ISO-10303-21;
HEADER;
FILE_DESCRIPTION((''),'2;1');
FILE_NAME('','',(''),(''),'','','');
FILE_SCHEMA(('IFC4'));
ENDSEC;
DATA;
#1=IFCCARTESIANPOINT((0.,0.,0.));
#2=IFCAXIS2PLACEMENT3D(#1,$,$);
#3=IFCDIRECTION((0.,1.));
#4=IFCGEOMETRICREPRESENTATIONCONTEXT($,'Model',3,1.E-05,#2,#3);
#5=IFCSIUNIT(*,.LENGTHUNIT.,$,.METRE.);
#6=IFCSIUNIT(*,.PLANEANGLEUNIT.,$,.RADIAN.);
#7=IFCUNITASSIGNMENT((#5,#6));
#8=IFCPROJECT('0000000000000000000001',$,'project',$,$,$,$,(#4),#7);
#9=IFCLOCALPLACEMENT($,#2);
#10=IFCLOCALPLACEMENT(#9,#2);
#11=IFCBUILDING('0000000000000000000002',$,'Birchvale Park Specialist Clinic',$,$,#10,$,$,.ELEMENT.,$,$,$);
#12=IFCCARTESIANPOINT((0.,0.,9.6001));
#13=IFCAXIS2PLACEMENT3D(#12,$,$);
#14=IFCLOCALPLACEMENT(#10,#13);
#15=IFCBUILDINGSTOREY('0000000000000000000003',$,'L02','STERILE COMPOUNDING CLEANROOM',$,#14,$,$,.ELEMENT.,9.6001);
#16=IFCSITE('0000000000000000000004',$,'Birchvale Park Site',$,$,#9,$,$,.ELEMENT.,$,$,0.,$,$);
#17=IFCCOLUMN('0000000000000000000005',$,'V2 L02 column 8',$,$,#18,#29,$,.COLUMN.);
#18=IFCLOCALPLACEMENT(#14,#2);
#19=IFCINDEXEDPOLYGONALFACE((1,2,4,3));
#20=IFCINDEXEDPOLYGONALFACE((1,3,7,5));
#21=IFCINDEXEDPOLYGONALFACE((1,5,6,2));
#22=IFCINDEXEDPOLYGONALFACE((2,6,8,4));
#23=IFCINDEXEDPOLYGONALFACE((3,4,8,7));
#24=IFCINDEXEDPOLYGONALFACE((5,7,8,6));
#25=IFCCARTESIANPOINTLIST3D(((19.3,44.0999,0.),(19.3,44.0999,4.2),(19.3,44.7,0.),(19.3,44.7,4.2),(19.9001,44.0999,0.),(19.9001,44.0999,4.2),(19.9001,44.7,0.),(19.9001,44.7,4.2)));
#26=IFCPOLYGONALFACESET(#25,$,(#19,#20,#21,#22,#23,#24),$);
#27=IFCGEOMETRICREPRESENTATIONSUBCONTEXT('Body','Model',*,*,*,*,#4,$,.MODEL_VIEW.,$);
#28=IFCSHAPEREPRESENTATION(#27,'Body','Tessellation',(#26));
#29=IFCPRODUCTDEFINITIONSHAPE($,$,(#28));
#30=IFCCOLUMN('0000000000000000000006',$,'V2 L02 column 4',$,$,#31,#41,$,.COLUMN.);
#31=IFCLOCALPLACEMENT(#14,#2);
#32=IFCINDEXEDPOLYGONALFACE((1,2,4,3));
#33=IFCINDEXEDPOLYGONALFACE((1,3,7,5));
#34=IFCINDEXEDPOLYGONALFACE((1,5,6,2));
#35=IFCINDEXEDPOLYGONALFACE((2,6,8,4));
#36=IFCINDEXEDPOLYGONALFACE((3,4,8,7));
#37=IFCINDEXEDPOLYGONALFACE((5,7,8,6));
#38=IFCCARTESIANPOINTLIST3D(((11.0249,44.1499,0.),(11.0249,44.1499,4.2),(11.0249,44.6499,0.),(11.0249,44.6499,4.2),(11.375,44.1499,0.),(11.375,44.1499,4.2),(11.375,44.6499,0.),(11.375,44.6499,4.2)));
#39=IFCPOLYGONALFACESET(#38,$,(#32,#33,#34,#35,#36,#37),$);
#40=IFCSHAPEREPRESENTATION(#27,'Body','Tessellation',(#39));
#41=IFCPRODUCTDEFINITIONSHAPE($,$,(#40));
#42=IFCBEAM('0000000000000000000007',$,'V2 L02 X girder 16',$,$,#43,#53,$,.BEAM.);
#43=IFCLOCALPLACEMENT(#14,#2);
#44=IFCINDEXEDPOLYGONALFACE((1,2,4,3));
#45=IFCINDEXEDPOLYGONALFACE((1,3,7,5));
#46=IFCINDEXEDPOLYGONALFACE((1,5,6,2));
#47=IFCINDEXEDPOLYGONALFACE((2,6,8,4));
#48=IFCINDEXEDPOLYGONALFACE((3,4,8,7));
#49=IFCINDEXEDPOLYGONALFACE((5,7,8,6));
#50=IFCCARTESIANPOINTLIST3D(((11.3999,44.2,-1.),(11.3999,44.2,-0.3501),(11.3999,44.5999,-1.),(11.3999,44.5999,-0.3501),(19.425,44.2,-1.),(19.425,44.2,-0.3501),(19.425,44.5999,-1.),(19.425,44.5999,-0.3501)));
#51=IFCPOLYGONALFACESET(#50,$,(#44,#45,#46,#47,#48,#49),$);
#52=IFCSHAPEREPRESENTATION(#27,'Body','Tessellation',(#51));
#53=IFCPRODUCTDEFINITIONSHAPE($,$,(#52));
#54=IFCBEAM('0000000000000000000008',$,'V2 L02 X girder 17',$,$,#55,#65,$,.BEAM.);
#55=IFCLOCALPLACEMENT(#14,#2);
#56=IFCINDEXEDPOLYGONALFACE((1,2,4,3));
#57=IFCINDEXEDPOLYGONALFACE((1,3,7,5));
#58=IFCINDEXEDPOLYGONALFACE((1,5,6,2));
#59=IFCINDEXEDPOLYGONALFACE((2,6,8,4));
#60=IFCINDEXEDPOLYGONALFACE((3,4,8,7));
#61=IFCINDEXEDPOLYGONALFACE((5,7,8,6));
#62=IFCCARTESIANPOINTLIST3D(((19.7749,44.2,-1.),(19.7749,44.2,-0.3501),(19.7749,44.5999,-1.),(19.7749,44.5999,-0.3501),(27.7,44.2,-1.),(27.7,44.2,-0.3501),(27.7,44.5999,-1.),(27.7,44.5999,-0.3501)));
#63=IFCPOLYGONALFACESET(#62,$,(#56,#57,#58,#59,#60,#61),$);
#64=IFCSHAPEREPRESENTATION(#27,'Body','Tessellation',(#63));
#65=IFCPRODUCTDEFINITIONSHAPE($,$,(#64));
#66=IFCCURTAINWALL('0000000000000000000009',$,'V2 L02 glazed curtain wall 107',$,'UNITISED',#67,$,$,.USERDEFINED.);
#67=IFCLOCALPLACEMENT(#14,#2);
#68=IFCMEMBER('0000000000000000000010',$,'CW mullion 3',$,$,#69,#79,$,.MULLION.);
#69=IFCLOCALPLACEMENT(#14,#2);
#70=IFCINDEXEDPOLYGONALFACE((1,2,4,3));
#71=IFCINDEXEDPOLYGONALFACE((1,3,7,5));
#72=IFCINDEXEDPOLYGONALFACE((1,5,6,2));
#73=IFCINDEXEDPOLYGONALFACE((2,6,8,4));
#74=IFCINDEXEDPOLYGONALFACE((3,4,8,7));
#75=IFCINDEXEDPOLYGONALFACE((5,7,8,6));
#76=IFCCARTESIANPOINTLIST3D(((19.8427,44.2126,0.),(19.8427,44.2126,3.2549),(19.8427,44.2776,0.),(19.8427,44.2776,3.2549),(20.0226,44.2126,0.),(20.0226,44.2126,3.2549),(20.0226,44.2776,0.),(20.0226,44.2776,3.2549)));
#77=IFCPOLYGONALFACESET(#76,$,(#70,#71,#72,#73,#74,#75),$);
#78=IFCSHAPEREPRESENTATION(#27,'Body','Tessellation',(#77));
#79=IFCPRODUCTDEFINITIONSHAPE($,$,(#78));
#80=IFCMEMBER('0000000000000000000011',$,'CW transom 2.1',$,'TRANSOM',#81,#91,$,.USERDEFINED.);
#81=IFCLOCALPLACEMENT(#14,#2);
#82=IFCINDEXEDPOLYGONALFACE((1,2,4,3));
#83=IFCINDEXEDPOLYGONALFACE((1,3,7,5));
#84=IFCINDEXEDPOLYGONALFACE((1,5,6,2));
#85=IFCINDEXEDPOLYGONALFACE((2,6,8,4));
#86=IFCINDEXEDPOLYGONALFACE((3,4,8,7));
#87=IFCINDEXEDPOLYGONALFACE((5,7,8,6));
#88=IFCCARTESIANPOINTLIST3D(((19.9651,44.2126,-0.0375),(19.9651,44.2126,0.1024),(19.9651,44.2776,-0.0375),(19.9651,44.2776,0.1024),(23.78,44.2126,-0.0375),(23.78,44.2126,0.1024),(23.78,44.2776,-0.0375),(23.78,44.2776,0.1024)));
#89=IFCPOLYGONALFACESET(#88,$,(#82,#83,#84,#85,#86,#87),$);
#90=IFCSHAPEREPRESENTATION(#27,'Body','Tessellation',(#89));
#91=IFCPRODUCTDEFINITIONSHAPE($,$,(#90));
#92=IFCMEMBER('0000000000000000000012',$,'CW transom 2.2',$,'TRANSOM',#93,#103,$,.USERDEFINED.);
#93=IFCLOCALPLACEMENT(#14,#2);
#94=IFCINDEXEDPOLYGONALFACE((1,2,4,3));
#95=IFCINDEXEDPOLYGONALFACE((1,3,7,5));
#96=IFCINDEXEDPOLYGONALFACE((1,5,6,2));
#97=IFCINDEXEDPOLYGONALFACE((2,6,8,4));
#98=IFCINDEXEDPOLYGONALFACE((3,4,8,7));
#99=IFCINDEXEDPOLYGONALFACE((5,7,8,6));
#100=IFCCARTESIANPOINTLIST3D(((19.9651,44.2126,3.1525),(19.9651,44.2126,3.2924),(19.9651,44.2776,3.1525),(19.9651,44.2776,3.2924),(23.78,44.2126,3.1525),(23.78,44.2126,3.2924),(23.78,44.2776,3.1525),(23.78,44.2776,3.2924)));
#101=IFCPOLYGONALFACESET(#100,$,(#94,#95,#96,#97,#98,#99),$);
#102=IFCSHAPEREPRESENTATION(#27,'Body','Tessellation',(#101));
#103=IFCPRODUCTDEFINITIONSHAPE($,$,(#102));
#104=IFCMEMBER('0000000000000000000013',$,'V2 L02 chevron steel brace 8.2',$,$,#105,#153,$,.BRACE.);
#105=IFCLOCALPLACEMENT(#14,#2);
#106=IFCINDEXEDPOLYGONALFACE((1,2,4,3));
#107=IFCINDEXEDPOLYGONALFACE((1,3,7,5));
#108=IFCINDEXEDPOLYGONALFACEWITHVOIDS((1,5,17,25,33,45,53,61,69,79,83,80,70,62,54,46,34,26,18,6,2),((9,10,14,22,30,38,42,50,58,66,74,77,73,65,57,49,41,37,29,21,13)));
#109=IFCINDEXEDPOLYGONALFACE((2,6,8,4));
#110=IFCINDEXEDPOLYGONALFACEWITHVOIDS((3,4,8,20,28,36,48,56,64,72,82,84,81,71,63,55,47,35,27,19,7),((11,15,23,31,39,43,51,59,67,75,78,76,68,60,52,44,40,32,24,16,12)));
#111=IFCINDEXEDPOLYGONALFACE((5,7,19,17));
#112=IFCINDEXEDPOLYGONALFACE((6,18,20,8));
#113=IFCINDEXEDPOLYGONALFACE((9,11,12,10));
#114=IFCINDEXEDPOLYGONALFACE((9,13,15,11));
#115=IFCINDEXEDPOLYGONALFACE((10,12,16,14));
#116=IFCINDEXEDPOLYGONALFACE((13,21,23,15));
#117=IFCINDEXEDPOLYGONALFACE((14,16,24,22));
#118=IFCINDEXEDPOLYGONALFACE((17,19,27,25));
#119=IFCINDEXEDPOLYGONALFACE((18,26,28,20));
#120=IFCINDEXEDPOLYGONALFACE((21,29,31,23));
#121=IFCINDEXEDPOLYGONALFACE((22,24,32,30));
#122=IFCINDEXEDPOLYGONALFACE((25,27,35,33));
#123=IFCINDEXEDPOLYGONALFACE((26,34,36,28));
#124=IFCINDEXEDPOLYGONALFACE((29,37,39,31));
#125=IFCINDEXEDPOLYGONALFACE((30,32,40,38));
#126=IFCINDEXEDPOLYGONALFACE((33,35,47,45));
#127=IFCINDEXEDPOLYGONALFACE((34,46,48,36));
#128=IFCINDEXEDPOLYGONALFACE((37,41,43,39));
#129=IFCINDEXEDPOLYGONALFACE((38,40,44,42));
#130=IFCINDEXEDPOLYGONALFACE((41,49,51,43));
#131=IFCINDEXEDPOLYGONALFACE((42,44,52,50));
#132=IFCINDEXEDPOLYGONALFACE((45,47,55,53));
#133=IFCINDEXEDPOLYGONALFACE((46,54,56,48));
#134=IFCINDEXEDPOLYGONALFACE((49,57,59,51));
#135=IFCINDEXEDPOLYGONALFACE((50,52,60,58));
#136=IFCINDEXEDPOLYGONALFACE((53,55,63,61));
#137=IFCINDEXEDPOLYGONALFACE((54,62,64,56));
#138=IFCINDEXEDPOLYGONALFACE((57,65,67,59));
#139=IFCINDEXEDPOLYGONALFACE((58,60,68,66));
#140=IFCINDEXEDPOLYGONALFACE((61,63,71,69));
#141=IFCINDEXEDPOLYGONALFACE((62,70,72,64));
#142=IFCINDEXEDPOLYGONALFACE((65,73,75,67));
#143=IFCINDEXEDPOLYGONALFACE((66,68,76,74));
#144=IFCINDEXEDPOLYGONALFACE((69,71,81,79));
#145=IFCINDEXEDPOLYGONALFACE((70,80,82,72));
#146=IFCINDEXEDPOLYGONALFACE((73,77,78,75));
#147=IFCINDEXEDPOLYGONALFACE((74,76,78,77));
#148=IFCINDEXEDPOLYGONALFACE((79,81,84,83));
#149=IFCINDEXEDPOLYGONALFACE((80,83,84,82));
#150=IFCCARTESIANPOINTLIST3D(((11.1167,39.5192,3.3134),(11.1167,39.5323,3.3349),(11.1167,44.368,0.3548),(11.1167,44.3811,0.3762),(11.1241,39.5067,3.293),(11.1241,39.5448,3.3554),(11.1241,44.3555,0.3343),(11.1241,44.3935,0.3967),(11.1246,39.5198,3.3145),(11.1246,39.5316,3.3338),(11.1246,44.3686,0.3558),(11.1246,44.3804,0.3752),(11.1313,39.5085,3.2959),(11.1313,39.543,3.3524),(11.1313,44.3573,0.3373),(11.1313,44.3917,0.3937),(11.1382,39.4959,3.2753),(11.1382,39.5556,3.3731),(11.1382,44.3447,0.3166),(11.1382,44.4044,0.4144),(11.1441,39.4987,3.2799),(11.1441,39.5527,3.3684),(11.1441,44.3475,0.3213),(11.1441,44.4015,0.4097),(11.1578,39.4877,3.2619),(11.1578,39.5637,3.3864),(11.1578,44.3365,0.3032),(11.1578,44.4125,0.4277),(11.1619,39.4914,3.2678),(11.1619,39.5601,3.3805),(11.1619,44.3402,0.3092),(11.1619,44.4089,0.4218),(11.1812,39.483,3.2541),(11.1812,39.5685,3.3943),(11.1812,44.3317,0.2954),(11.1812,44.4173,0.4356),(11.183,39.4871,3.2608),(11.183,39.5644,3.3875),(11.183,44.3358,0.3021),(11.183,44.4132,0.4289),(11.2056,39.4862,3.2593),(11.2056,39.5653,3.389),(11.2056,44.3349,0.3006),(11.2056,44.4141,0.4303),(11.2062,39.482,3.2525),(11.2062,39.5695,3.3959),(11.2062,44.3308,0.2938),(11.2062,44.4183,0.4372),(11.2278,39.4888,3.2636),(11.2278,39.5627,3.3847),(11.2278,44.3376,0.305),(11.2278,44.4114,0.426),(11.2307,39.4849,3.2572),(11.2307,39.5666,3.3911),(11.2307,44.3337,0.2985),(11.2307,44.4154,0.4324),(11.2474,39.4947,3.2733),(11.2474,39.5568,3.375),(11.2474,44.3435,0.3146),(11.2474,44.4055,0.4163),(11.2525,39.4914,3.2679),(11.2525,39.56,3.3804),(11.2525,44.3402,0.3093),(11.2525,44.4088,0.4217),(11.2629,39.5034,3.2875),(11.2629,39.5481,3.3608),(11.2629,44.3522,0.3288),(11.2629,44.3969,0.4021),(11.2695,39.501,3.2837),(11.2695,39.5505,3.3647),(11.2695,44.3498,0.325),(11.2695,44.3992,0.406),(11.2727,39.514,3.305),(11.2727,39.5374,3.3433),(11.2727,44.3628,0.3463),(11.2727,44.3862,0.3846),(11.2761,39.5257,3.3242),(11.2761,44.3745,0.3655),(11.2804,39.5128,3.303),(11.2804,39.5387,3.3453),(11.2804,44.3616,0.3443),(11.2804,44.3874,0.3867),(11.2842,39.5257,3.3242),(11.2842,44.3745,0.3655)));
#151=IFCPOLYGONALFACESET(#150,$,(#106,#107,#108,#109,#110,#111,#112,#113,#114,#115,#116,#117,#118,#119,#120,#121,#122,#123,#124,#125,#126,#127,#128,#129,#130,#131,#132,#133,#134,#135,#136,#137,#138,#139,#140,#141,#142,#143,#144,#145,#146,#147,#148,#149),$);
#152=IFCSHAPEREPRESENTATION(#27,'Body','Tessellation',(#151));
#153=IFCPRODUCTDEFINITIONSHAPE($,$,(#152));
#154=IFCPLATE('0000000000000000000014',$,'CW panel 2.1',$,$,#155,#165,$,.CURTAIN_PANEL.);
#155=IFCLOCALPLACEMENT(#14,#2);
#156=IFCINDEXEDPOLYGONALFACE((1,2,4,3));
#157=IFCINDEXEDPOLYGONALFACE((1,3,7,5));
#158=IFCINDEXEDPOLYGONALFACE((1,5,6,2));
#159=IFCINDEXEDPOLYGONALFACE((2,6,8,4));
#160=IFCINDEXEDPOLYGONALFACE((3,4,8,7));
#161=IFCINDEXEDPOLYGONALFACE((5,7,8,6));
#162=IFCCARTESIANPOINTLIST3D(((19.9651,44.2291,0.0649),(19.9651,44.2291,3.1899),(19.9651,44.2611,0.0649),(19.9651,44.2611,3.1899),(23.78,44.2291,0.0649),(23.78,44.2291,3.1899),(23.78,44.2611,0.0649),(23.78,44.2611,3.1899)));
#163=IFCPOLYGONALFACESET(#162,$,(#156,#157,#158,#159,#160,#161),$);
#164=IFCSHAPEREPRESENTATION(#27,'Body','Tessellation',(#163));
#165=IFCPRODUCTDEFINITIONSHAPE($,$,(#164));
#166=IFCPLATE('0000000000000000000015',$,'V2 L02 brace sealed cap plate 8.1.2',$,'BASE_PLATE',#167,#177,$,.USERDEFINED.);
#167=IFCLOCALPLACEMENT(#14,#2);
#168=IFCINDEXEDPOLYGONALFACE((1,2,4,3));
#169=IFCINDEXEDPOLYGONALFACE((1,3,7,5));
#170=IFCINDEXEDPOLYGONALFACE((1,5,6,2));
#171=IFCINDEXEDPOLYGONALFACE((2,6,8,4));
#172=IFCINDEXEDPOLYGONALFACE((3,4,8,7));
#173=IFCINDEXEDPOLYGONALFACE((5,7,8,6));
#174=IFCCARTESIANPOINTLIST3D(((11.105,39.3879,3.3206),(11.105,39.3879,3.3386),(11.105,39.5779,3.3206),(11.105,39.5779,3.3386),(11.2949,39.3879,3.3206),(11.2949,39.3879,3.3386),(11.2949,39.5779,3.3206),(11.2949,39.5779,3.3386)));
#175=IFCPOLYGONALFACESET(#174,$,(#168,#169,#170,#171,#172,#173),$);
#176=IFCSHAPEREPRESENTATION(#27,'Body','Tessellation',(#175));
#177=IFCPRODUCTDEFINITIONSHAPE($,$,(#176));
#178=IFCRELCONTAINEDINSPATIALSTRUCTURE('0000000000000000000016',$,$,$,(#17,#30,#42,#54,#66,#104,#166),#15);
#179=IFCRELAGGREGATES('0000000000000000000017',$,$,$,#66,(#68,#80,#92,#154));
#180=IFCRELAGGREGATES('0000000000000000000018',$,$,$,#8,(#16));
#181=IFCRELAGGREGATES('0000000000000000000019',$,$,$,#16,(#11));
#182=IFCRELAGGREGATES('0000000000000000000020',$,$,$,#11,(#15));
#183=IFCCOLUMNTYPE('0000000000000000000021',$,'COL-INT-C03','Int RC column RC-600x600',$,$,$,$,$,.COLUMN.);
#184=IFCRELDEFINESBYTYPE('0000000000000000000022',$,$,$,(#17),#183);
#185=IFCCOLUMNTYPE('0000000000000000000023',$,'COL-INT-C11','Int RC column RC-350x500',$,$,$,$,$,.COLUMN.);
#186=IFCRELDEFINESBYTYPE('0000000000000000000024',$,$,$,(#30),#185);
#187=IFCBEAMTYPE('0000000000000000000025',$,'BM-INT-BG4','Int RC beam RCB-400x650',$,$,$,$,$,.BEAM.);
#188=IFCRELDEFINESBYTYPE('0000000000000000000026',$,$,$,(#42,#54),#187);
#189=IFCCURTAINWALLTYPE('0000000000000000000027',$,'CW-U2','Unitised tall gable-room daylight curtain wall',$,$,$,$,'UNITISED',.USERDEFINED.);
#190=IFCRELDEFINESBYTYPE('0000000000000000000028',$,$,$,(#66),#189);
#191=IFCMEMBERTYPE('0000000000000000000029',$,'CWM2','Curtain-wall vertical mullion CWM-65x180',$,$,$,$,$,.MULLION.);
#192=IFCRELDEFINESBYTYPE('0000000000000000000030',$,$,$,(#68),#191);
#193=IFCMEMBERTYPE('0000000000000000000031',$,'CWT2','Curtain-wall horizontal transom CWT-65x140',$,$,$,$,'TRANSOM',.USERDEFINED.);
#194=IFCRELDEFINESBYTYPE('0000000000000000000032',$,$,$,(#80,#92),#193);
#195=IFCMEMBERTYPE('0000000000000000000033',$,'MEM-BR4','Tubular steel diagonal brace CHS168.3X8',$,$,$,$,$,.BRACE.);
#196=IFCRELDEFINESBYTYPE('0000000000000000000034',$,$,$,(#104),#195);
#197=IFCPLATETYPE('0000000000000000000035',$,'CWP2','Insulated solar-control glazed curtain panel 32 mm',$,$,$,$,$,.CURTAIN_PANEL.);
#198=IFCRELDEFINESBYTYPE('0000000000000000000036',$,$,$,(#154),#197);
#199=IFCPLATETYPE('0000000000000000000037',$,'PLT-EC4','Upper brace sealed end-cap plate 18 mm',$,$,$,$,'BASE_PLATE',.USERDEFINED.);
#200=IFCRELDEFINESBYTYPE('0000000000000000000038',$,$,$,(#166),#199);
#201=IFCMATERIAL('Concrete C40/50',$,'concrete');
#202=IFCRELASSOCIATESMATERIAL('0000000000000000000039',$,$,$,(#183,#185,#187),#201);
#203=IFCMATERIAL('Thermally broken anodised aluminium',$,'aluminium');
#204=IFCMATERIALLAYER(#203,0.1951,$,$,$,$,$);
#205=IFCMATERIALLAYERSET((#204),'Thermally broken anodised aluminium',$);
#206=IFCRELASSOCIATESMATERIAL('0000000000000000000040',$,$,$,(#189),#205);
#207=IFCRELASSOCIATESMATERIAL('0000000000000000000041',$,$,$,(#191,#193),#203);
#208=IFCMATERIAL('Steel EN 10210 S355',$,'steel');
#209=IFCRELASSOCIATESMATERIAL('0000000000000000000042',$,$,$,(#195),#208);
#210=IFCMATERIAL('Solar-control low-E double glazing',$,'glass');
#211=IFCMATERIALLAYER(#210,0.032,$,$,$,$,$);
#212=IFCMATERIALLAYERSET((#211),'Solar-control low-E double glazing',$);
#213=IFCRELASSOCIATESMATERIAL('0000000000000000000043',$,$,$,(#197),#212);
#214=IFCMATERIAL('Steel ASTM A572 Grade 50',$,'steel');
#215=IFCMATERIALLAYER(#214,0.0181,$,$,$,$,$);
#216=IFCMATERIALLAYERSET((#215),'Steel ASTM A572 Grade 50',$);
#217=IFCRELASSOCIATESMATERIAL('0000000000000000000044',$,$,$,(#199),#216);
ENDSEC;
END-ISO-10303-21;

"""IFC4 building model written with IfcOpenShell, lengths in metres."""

from ifc_helpers import new_model, si_unit, direction, frame, origin, origin_2d, place, context, subcontext, project, spatial, rectangle, hollow_circle, extrude, material, layer, layer_set, material_profile, profile_set, type_object, element, aggregate, save


model = new_model("IFC4")

# Units and contexts
model_context = context("Model", 3, precision=1e-05, world=origin(), true_north=direction((0.0, 1.0)))
body_context = subcontext(model_context, "Body", "Model", "MODEL_VIEW")
ifc_project = project(units=[si_unit("LENGTHUNIT", "METRE"), si_unit("PLANEANGLEUNIT", "RADIAN")], contexts=[model_context])

# Site, building, storey
site_placement = place(None, origin())
site = spatial("IfcSite", under=ifc_project, at=site_placement, Name="Birchvale Park Site", CompositionType="ELEMENT", RefElevation=0.0)
building_placement = place(site_placement, origin())
building = spatial("IfcBuilding", under=site, at=building_placement, Name="Birchvale Park Specialist Clinic", CompositionType="ELEMENT")
storey_placement = place(building_placement, frame((0.0, 0.0, 9.6001)))
storey = spatial("IfcBuildingStorey", under=building, at=storey_placement, Name="L02", Description="STERILE COMPOUNDING CLEANROOM", CompositionType="ELEMENT", Elevation=9.6001)

# Columns
ifc_material_1 = material(Name="Concrete C40/50", Category="concrete")
ifc_material_profile_1 = material_profile(ifc_material_1, rectangle(XDim=0.6001, YDim=0.6001, at=origin_2d()), Name="RC-600x600")
ifc_profile_set_1 = profile_set([ifc_material_profile_1], Name="Concrete C40/50")
column_type_1 = type_object("IfcColumnType", Name="COL-INT-C03", Description="Int RC column RC-600x600", PredefinedType="COLUMN", material=ifc_profile_set_1)
column_1_placement = place(storey_placement, frame((19.6001, 44.3999, 0.0), z_axis=(0.0, 0.0, 1.0), x_axis=(1.0, 0.0, 0.0)))
element("IfcColumn", 1, at=column_1_placement, inside=storey, type_object=column_type_1, Name="V2 L02 column 8", PredefinedType="COLUMN", context=body_context, shape_type="SweptSolid", body=[
    extrude(rectangle(XDim=0.6001, YDim=0.6001, at=origin_2d()), origin(), (0.0, 0.0, 1.0), 4.2),
])
ifc_material_profile_2 = material_profile(ifc_material_1, rectangle(XDim=0.3501, YDim=0.5, at=origin_2d()), Name="RC-350x500")
ifc_profile_set_2 = profile_set([ifc_material_profile_2], Name="Concrete C40/50")
column_type_2 = type_object("IfcColumnType", Name="COL-INT-C11", Description="Int RC column RC-350x500", PredefinedType="COLUMN", material=ifc_profile_set_2)
column_2_placement = place(storey_placement, frame((11.2, 44.3999, 0.0), z_axis=(0.0, 0.0, 1.0), x_axis=(1.0, 0.0, 0.0)))
element("IfcColumn", 2, at=column_2_placement, inside=storey, type_object=column_type_2, Name="V2 L02 column 4", PredefinedType="COLUMN", context=body_context, shape_type="SweptSolid", body=[
    extrude(rectangle(XDim=0.3501, YDim=0.5, at=origin_2d()), origin(), (0.0, 0.0, 1.0), 4.2),
])

# Beams
ifc_material_profile_3 = material_profile(ifc_material_1, rectangle(XDim=0.3999, YDim=0.6499, at=origin_2d()), Name="RCB-400x650")
ifc_profile_set_3 = profile_set([ifc_material_profile_3], Name="Concrete C40/50")
beam_type = type_object("IfcBeamType", Name="BM-INT-BG4", Description="Int RC beam RCB-400x650", PredefinedType="BEAM", material=ifc_profile_set_3)
beam_1_placement = place(storey_placement, frame((11.3999, 44.3999, -0.675), z_axis=(1.0, 0.0, 0.0), x_axis=(0.0, 1.0, 0.0)))
element("IfcBeam", 3, at=beam_1_placement, inside=storey, type_object=beam_type, Name="V2 L02 X girder 16", PredefinedType="BEAM", context=body_context, shape_type="SweptSolid", body=[
    extrude(rectangle(XDim=0.3999, YDim=0.6499, at=origin_2d()), origin(), (0.0, 0.0, 1.0), 8.0251),
])
beam_2_placement = place(storey_placement, frame((19.7749, 44.3999, -0.675), z_axis=(1.0, 0.0, 0.0), x_axis=(0.0, 1.0, 0.0)))
element("IfcBeam", 4, at=beam_2_placement, inside=storey, type_object=beam_type, Name="V2 L02 X girder 17", PredefinedType="BEAM", context=body_context, shape_type="SweptSolid", body=[
    extrude(rectangle(XDim=0.3999, YDim=0.6499, at=origin_2d()), origin(), (0.0, 0.0, 1.0), 7.925),
])

# Curtain wall, members
ifc_material_2 = material(Name="Thermally broken anodised aluminium", Category="aluminium")
ifc_layer_1 = layer(ifc_material_2, 0.1951)
ifc_layer_set_1 = layer_set([ifc_layer_1], Name="Thermally broken anodised aluminium")
curtain_wall_type = type_object("IfcCurtainWallType", Name="CW-U2", Description="Unitised tall gable-room daylight curtain wall", ElementType="UNITISED", PredefinedType="USERDEFINED", material=ifc_layer_set_1)
curtain_wall_placement = place(storey_placement, origin())
curtain_wall = element("IfcCurtainWall", 5, at=curtain_wall_placement, inside=storey, type_object=curtain_wall_type, Name="V2 L02 glazed curtain wall 107", ObjectType="UNITISED", PredefinedType="USERDEFINED")
ifc_material_profile_4 = material_profile(ifc_material_2, rectangle(XDim=0.0649, YDim=0.1799, at=origin_2d()), Name="CWM-65x180")
ifc_profile_set_4 = profile_set([ifc_material_profile_4], Name="Thermally broken anodised aluminium")
member_type_1 = type_object("IfcMemberType", Name="CWM2", Description="Curtain-wall vertical mullion CWM-65x180", PredefinedType="MULLION", material=ifc_profile_set_4)
member_1_placement = place(storey_placement, frame((19.9326, 44.2451, 0.0), z_axis=(0.0, 0.0, 1.0), x_axis=(0.0, -1.0, 0.0)))
member_1 = element("IfcMember", 6, at=member_1_placement, type_object=member_type_1, Name="CW mullion 3", PredefinedType="MULLION", context=body_context, shape_type="SweptSolid", body=[
    extrude(rectangle(XDim=0.0649, YDim=0.1799, at=origin_2d()), origin(), (0.0, 0.0, 1.0), 3.2549),
])
ifc_material_profile_5 = material_profile(ifc_material_2, rectangle(XDim=0.0649, YDim=0.1399, at=origin_2d()), Name="CWT-65x140")
ifc_profile_set_5 = profile_set([ifc_material_profile_5], Name="Thermally broken anodised aluminium")
member_type_2 = type_object("IfcMemberType", Name="CWT2", Description="Curtain-wall horizontal transom CWT-65x140", ElementType="TRANSOM", PredefinedType="USERDEFINED", material=ifc_profile_set_5)
member_2_placement = place(storey_placement, frame((23.78, 44.2451, 0.0325), z_axis=(-1.0, 0.0, 0.0), x_axis=(0.0, -1.0, 0.0)))
member_2 = element("IfcMember", 7, at=member_2_placement, type_object=member_type_2, Name="CW transom 2.1", ObjectType="TRANSOM", PredefinedType="USERDEFINED", context=body_context, shape_type="SweptSolid", body=[
    extrude(rectangle(XDim=0.0649, YDim=0.1399, at=origin_2d()), origin(), (0.0, 0.0, 1.0), 3.8149),
])
member_3_placement = place(storey_placement, frame((23.78, 44.2451, 3.2224), z_axis=(-1.0, 0.0, 0.0), x_axis=(0.0, -1.0, 0.0)))
member_3 = element("IfcMember", 8, at=member_3_placement, type_object=member_type_2, Name="CW transom 2.2", ObjectType="TRANSOM", PredefinedType="USERDEFINED", context=body_context, shape_type="SweptSolid", body=[
    extrude(rectangle(XDim=0.0649, YDim=0.1399, at=origin_2d()), origin(), (0.0, 0.0, 1.0), 3.8149),
])

# Member
ifc_material_3 = material(Name="Steel EN 10210 S355", Category="steel")
ifc_material_profile_6 = material_profile(ifc_material_3, hollow_circle(Radius=0.0842, WallThickness=0.0081, at=origin_2d()), Name="CHS168.3X8")
ifc_profile_set_6 = profile_set([ifc_material_profile_6], Name="Steel EN 10210 S355")
member_type_3 = type_object("IfcMemberType", Name="MEM-BR4", Description="Tubular steel diagonal brace CHS168.3X8", PredefinedType="BRACE", material=ifc_profile_set_6)
member_4_placement = place(storey_placement, frame((11.2, 44.3745, 0.3655), z_axis=(0.0, -0.853631, 0.520878), x_axis=(1.0, 0.0, 0.0)))
element("IfcMember", 9, at=member_4_placement, inside=storey, type_object=member_type_3, Name="V2 L02 chevron steel brace 8.2", PredefinedType="BRACE", context=body_context, shape_type="SweptSolid", body=[
    extrude(hollow_circle(Radius=0.0842, WallThickness=0.0081, at=origin_2d()), origin(), (0.0, 0.0, 1.0), 5.6802),
])

# Plate
ifc_material_4 = material(Name="Solar-control low-E double glazing", Category="glass")
ifc_layer_2 = layer(ifc_material_4, 0.032)
ifc_layer_set_2 = layer_set([ifc_layer_2], Name="Solar-control low-E double glazing")
plate_type_1 = type_object("IfcPlateType", Name="CWP2", Description="Insulated solar-control glazed curtain panel 32 mm", PredefinedType="CURTAIN_PANEL", material=ifc_layer_set_2)
plate_1_placement = place(storey_placement, frame((21.8726, 44.2451, 0.0649), z_axis=(0.0, 0.0, 1.0), x_axis=(-1.0, 0.0, 0.0)))
plate_1 = element("IfcPlate", 10, at=plate_1_placement, type_object=plate_type_1, Name="CW panel 2.1", PredefinedType="CURTAIN_PANEL", context=body_context, shape_type="SweptSolid", body=[
    extrude(rectangle(XDim=3.8149, YDim=0.032, at=origin_2d()), origin(), (0.0, 0.0, 1.0), 3.125),
])
aggregate(curtain_wall, [member_1, member_2, member_3, plate_1])

# Plate
ifc_material_5 = material(Name="Steel ASTM A572 Grade 50", Category="steel")
ifc_layer_3 = layer(ifc_material_5, 0.0181)
ifc_layer_set_3 = layer_set([ifc_layer_3], Name="Steel ASTM A572 Grade 50")
plate_type_2 = type_object("IfcPlateType", Name="PLT-EC4", Description="Upper brace sealed end-cap plate 18 mm", ElementType="BASE_PLATE", PredefinedType="USERDEFINED", material=ifc_layer_set_3)
for number, where, z_axis, x_axis, name in (
    (11, (11.2, 39.4829, 3.3206), (0.0, 0.0, 1.0), (1.0, 0.0, 0.0), "V2 L02 brace sealed cap plate 8.1.2"),
):
    element("IfcPlate", number, at=place(storey_placement, frame(where, z_axis=z_axis, x_axis=x_axis)), inside=storey, type_object=plate_type_2, Name=name, ObjectType="BASE_PLATE", PredefinedType="USERDEFINED", context=body_context, shape_type="SweptSolid", body=[
        extrude(rectangle(XDim=0.1899, YDim=0.1899, at=origin_2d()), origin(), (0.0, 0.0, 1.0), 0.0181),
    ])

save(model, "model.ifc")
